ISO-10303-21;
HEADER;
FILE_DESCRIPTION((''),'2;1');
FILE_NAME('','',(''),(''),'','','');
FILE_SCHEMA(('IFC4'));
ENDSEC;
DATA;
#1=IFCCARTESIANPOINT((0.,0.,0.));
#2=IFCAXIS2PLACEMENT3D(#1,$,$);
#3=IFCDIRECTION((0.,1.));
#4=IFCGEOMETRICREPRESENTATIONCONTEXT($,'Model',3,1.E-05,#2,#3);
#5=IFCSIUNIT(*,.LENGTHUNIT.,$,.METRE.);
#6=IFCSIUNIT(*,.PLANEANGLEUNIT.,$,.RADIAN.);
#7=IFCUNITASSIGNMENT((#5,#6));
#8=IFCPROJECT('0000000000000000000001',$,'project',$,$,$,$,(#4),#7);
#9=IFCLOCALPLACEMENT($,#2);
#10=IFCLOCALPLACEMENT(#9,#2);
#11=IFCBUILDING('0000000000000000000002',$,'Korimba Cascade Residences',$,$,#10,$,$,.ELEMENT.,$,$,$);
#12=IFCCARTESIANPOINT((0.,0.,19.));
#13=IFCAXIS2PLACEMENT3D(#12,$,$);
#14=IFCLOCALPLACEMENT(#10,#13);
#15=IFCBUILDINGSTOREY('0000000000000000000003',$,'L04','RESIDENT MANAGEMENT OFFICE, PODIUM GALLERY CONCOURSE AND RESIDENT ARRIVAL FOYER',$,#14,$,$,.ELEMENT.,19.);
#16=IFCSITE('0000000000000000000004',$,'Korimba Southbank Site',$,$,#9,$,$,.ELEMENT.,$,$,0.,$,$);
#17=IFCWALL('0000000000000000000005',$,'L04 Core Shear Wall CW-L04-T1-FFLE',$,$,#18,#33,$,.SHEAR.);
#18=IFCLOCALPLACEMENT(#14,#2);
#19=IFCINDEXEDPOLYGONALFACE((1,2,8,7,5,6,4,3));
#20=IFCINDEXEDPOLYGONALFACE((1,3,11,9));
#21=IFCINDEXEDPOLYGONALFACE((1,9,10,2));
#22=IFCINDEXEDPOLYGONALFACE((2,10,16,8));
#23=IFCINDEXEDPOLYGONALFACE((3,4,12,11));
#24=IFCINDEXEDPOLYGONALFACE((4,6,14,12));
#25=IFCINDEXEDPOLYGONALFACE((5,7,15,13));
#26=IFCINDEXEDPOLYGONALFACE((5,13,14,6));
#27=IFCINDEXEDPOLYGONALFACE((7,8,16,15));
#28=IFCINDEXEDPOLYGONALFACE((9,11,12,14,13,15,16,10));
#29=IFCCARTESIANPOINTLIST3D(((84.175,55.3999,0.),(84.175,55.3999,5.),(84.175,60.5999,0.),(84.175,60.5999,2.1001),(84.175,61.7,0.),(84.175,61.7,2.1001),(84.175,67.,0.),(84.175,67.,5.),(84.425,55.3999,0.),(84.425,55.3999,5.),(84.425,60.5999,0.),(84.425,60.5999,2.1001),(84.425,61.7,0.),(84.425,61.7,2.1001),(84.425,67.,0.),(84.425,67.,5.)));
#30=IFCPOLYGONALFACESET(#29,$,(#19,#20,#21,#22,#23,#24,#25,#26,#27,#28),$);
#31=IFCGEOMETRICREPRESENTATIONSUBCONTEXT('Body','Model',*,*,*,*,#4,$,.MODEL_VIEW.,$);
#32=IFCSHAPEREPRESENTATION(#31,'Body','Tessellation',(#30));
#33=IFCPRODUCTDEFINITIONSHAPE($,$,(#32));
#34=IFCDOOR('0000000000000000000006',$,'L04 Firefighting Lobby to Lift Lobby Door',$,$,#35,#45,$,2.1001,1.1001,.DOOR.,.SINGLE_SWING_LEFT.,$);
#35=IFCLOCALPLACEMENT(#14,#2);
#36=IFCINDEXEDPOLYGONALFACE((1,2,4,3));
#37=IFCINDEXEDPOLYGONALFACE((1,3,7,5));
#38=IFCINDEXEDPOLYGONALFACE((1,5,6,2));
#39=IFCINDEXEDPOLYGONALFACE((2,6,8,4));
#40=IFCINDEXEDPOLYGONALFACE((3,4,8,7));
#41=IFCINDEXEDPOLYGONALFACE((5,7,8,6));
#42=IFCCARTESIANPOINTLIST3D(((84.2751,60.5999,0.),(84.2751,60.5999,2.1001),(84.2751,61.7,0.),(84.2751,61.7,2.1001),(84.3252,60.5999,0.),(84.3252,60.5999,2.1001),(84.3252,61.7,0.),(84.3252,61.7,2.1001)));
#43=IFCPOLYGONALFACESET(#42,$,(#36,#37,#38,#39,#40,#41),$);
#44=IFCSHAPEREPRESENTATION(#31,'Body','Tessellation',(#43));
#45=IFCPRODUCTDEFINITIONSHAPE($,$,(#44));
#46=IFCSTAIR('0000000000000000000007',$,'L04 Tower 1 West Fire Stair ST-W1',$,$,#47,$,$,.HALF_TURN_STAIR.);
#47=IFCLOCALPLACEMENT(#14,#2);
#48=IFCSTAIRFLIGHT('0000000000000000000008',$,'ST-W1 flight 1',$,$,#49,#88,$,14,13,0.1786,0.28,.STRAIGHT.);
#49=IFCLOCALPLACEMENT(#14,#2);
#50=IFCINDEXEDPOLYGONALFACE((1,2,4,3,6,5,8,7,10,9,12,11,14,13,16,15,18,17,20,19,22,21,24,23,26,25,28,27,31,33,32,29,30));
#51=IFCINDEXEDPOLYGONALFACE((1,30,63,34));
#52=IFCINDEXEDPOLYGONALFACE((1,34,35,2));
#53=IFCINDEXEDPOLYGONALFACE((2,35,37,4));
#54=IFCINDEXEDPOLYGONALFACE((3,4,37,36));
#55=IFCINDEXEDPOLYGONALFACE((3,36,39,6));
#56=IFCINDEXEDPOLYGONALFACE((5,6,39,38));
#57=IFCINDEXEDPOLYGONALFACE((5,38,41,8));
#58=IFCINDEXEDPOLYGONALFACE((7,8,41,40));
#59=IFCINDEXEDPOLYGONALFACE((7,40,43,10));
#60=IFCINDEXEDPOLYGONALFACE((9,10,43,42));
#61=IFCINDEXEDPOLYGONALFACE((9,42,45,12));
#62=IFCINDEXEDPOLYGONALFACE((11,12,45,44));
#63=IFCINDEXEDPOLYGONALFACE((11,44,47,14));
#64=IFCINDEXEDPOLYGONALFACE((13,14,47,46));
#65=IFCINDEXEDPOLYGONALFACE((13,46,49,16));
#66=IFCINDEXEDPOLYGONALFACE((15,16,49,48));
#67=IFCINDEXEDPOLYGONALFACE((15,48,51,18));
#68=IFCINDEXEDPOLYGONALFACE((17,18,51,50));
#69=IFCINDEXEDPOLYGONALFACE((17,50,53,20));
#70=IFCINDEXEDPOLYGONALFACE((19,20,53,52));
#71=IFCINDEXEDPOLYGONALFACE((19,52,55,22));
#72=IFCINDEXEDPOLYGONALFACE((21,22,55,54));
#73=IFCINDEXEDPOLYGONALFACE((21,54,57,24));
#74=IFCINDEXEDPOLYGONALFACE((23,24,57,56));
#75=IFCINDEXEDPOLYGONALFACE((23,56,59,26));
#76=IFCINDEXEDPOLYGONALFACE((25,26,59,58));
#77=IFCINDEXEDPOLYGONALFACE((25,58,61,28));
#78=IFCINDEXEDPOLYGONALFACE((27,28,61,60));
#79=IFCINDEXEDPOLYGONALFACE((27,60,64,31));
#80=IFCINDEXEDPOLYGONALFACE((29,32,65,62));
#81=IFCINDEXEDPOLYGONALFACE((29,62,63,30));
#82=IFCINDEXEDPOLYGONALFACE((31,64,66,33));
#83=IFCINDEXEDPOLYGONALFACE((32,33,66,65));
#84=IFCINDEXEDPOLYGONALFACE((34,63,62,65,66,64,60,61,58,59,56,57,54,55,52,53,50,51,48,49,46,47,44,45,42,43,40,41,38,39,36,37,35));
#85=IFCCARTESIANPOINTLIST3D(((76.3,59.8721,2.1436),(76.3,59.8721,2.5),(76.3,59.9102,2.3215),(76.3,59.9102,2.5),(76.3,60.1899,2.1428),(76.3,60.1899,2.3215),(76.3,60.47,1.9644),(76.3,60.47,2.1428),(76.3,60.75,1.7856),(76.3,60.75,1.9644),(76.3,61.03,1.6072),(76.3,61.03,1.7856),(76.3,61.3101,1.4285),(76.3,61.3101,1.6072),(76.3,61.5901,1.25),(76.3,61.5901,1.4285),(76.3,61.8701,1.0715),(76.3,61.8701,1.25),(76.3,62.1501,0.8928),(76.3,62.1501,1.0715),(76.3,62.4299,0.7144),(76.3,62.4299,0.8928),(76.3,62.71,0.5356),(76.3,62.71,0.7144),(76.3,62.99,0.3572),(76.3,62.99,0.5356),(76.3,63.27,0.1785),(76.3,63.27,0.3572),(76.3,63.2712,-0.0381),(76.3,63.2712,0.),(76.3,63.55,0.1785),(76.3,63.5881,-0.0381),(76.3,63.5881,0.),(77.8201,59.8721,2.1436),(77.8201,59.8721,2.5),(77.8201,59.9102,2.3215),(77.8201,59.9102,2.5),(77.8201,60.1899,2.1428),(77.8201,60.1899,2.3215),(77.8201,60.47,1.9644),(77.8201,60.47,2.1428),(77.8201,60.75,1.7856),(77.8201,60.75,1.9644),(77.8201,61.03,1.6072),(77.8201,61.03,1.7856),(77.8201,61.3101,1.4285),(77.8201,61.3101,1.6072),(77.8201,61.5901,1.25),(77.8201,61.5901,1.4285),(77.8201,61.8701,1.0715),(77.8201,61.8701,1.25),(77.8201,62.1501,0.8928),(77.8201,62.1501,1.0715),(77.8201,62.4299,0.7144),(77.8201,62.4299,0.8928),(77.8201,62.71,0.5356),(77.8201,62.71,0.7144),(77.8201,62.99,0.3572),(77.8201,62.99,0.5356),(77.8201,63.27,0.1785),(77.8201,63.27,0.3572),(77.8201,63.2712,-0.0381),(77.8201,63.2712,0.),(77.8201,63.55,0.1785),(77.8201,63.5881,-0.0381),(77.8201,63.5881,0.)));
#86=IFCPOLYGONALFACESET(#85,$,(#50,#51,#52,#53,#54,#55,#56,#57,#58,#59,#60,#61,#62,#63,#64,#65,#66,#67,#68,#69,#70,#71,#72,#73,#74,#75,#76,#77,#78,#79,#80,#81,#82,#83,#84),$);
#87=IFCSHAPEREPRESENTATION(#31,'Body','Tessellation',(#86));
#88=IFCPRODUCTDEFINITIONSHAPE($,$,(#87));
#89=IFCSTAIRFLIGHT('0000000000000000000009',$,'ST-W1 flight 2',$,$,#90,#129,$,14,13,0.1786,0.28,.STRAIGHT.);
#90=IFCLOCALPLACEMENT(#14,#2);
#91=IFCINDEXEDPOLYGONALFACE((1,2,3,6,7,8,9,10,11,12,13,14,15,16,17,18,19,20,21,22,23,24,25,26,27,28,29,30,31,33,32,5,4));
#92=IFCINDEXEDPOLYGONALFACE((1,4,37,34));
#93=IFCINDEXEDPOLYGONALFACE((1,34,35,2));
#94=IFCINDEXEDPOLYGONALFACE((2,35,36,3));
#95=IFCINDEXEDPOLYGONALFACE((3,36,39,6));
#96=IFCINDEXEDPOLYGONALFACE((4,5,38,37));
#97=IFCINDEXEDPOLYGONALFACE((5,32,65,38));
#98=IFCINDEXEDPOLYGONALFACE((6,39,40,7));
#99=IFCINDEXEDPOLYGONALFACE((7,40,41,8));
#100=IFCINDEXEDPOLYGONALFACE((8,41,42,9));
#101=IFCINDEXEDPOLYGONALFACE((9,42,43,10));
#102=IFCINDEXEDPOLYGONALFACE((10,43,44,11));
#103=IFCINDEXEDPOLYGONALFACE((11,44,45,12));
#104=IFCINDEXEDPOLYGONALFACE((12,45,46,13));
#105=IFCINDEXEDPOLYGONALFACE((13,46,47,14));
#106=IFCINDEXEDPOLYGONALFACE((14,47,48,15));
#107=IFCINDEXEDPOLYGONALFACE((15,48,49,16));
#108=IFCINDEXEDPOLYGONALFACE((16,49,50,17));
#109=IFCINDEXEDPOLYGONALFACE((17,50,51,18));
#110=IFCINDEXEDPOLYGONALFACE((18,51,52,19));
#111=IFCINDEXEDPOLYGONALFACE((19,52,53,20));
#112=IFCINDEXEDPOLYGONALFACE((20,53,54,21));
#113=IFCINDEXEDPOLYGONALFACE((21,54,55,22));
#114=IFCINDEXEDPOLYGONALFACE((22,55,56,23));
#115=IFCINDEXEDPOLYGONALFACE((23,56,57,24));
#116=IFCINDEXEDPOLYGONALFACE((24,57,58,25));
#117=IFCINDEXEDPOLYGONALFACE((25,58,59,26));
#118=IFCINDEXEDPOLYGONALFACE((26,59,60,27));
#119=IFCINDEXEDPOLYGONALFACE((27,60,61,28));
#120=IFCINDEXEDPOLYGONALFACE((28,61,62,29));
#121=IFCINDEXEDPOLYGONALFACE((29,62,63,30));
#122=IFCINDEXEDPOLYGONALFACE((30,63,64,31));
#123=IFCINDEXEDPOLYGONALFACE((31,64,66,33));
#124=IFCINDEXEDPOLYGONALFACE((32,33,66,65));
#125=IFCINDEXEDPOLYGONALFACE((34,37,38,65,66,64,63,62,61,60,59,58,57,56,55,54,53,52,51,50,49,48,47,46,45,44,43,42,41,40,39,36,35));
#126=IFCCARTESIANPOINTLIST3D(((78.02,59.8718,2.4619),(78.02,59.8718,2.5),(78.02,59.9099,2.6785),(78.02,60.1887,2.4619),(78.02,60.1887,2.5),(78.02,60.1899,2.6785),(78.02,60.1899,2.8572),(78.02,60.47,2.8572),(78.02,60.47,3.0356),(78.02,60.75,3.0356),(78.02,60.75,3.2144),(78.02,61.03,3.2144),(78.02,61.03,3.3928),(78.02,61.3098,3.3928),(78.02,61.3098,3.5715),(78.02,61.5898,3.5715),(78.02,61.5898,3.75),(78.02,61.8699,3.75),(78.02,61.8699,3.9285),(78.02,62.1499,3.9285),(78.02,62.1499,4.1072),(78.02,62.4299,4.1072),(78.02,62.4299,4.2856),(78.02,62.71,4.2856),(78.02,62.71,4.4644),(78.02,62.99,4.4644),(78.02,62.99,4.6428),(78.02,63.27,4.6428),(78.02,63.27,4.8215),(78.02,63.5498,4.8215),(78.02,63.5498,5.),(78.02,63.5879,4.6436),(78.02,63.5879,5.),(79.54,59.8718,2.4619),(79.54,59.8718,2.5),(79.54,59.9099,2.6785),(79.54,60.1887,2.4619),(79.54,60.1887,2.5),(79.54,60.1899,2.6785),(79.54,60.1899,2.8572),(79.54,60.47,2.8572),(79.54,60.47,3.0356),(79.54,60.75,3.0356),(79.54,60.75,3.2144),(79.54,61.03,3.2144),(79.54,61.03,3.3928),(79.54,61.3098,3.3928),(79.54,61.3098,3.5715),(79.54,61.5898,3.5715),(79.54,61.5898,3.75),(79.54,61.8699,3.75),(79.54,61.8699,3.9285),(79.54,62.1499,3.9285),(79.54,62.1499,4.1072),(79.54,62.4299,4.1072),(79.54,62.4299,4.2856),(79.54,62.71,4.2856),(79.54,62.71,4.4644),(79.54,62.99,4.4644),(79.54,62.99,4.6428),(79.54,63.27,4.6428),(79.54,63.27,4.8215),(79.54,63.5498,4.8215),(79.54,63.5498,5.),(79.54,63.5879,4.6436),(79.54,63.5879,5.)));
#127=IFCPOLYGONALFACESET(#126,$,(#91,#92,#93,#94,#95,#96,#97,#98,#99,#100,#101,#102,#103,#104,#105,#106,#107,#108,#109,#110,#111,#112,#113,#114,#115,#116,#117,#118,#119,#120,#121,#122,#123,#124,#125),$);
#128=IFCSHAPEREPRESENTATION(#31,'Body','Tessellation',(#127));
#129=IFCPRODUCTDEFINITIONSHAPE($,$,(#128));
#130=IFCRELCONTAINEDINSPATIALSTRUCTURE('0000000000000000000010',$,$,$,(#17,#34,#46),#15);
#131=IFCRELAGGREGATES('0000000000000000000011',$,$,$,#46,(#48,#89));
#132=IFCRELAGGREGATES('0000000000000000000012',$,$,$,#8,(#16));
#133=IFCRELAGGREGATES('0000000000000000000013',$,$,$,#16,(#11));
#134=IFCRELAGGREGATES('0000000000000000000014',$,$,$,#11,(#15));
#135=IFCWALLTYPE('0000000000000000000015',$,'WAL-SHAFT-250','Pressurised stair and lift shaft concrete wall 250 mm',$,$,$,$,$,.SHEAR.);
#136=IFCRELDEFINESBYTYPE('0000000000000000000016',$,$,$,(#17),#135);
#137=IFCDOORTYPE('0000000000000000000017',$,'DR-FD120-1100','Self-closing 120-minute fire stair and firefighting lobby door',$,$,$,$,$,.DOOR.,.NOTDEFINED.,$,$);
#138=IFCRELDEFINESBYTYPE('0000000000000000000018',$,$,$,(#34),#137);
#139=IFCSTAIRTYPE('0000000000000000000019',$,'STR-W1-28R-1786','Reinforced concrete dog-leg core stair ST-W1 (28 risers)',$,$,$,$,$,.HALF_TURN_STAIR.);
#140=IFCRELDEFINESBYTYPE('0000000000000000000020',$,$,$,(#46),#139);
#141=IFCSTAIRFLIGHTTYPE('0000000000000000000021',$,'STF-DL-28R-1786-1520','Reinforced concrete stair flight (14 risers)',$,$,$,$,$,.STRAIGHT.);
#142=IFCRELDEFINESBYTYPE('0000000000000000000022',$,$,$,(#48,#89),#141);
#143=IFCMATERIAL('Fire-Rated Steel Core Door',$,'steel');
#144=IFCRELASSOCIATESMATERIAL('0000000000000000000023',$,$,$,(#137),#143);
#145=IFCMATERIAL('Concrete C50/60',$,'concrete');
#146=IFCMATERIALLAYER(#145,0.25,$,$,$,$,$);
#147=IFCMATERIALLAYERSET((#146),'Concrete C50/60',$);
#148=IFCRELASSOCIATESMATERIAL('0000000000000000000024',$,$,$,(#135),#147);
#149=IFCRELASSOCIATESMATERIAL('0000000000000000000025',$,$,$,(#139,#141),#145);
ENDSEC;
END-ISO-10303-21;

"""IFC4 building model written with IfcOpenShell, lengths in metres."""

from ifc_helpers import new_model, si_unit, direction, frame, frame_2d, origin, place, context, subcontext, project, spatial, polyline, rectangle, outline, extrude, material, layer, layer_set, type_object, element, fill, aggregate, save


model = new_model("IFC4")

# Units and contexts
model_context = context("Model", 3, precision=1e-05, world=origin(), true_north=direction((0.0, 1.0)))
body_context = subcontext(model_context, "Body", "Model", "MODEL_VIEW")
ifc_project = project(units=[si_unit("LENGTHUNIT", "METRE"), si_unit("PLANEANGLEUNIT", "RADIAN")], contexts=[model_context])

# Site, building, storey
site_placement = place(None, origin())
site = spatial("IfcSite", under=ifc_project, at=site_placement, Name="Korimba Southbank Site", CompositionType="ELEMENT", RefElevation=0.0)
building_placement = place(site_placement, origin())
building = spatial("IfcBuilding", under=site, at=building_placement, Name="Korimba Cascade Residences", CompositionType="ELEMENT")
storey_placement = place(building_placement, frame((0.0, 0.0, 19.0)))
storey = spatial("IfcBuildingStorey", under=building, at=storey_placement, Name="L04", Description="RESIDENT MANAGEMENT OFFICE, PODIUM GALLERY CONCOURSE AND RESIDENT ARRIVAL FOYER", CompositionType="ELEMENT", Elevation=19.0)

# Shared definitions
ifc_material_1 = material(Name="Fire-Rated Steel Core Door", Category="steel")
door_type_1 = type_object("IfcDoorType", Name="DR-FD120-1100", Description="Self-closing 120-minute fire stair and firefighting lobby door", OperationType="NOTDEFINED", PredefinedType="DOOR", material=ifc_material_1)

# Shared definitions
ifc_material_2 = material(Name="Concrete C50/60", Category="concrete")
ifc_layer_1 = layer(ifc_material_2, 0.25)
ifc_layer_set_1 = layer_set([ifc_layer_1], Name="Concrete C50/60")
wall_type_1 = type_object("IfcWallType", Name="WAL-SHAFT-250", Description="Pressurised stair and lift shaft concrete wall 250 mm", PredefinedType="SHEAR", material=ifc_layer_set_1)

# Wall, opening, door
wall_1_placement = place(storey_placement, frame((84.3, 55.3999, 0.0), z_axis=(0.0, 0.0, 1.0), x_axis=(0.0, 1.0, 0.0)))
wall_1 = element("IfcWall", 1, at=wall_1_placement, inside=storey, type_object=wall_type_1, Name="L04 Core Shear Wall CW-L04-T1-FFLE", PredefinedType="SHEAR", context=body_context, shape_type="SweptSolid", body=[
    extrude(rectangle(XDim=11.6001, YDim=0.25, at=frame_2d((5.8, 0.0))), origin(), (0.0, 0.0, 1.0), 5.0),
])
opening_1_placement = place(wall_1_placement, frame((5.2, 0.0, 0.0)))
opening_1 = element("IfcOpeningElement", 2, at=opening_1_placement, cuts=wall_1, PredefinedType="OPENING", context=body_context, shape_type="SweptSolid", body=[
    extrude(rectangle(XDim=1.1001, YDim=2.1001, at=frame_2d((0.55, 1.05))), frame((0.0, 0.135, 0.0), z_axis=(0.0, -1.0, 0.0), x_axis=(1.0, 0.0, 0.0)), (0.0, 0.0, 1.0), 0.27),
])
door_1_placement = place(opening_1_placement, origin())
door_1 = element("IfcDoor", 3, at=door_1_placement, inside=storey, type_object=door_type_1, Name="L04 Firefighting Lobby to Lift Lobby Door", OperationType="SINGLE_SWING_LEFT", OverallHeight=2.1001, OverallWidth=1.1001, PredefinedType="DOOR", context=body_context, shape_type="SweptSolid", body=[
    extrude(rectangle(XDim=1.1001, YDim=2.1001, at=frame_2d((0.55, 1.05))), frame((0.0, 0.0249, 0.0), z_axis=(0.0, -1.0, 0.0), x_axis=(1.0, 0.0, 0.0)), (0.0, 0.0, 1.0), 0.05),
])
fill(opening_1, door_1)

# Stair, stair flights
stair_type = type_object("IfcStairType", Name="STR-W1-28R-1786", Description="Reinforced concrete dog-leg core stair ST-W1 (28 risers)", PredefinedType="HALF_TURN_STAIR", material=ifc_material_2)
stair_placement = place(storey_placement, origin())
stair = element("IfcStair", 4, at=stair_placement, inside=storey, type_object=stair_type, Name="L04 Tower 1 West Fire Stair ST-W1", PredefinedType="HALF_TURN_STAIR")
stair_flight_type = type_object("IfcStairFlightType", Name="STF-DL-28R-1786-1520", Description="Reinforced concrete stair flight (14 risers)", PredefinedType="STRAIGHT", material=ifc_material_2)
stair_flight_1_placement = place(storey_placement, frame((77.0601, 63.55, 0.0), z_axis=(0.0, 0.0, 1.0), x_axis=(0.0, -1.0, 0.0)))
stair_flight_1 = element("IfcStairFlight", 5, at=stair_flight_1_placement, type_object=stair_flight_type, Name="ST-W1 flight 1", NumberOfRisers=14, NumberOfTreads=13, PredefinedType="STRAIGHT", RiserHeight=0.1786, TreadLength=0.28, context=body_context, shape_type="SweptSolid", body=[
    extrude(outline(polyline([(-0.0381, 0.0), (0.0, 0.1785), (0.28, 0.1785), (0.28, 0.3572), (0.5601, 0.3572), (0.5601, 0.5356), (0.8401, 0.5356), (0.8401, 0.7144), (1.1201, 0.7144), (1.1201, 0.8928), (1.3999, 0.8928), (1.3999, 1.0715), (1.6799, 1.0715), (1.6799, 1.25), (1.96, 1.25), (1.96, 1.4285), (2.24, 1.4285), (2.24, 1.6072), (2.52, 1.6072), (2.52, 1.7856), (2.8, 1.7856), (2.8, 1.9644), (3.0801, 1.9644), (3.0801, 2.1428), (3.3601, 2.1428), (3.3601, 2.3215), (3.6399, 2.3215), (3.6399, 2.5), (3.678, 2.5), (3.678, 2.1436), (0.2788, 0.0), (0.2788, -0.0381), (-0.0381, -0.0381), (-0.0381, 0.0)])), frame((0.0, 0.76, 0.0), z_axis=(0.0, -1.0, 0.0), x_axis=(1.0, 0.0, 0.0)), (0.0, 0.0, 1.0), 1.52),
])
stair_flight_2_placement = place(storey_placement, frame((78.78, 59.9099, 2.5), z_axis=(0.0, 0.0, 1.0), x_axis=(0.0, 1.0, 0.0)))
stair_flight_2 = element("IfcStairFlight", 6, at=stair_flight_2_placement, type_object=stair_flight_type, Name="ST-W1 flight 2", NumberOfRisers=14, NumberOfTreads=13, PredefinedType="STRAIGHT", RiserHeight=0.1786, TreadLength=0.28, context=body_context, shape_type="SweptSolid", body=[
    extrude(outline(polyline([(-0.0381, 0.0), (0.0, 0.1785), (0.28, 0.1785), (0.28, 0.3572), (0.5601, 0.3572), (0.5601, 0.5356), (0.8401, 0.5356), (0.8401, 0.7144), (1.1201, 0.7144), (1.1201, 0.8928), (1.3999, 0.8928), (1.3999, 1.0715), (1.6799, 1.0715), (1.6799, 1.25), (1.96, 1.25), (1.96, 1.4285), (2.24, 1.4285), (2.24, 1.6072), (2.52, 1.6072), (2.52, 1.7856), (2.8, 1.7856), (2.8, 1.9644), (3.0801, 1.9644), (3.0801, 2.1428), (3.3601, 2.1428), (3.3601, 2.3215), (3.6399, 2.3215), (3.6399, 2.5), (3.678, 2.5), (3.678, 2.1436), (0.2788, 0.0), (0.2788, -0.0381), (-0.0381, -0.0381), (-0.0381, 0.0)])), frame((0.0, 0.76, 0.0), z_axis=(0.0, -1.0, 0.0), x_axis=(1.0, 0.0, 0.0)), (0.0, 0.0, 1.0), 1.52),
])
aggregate(stair, [stair_flight_1, stair_flight_2])

save(model, "model.ifc")
